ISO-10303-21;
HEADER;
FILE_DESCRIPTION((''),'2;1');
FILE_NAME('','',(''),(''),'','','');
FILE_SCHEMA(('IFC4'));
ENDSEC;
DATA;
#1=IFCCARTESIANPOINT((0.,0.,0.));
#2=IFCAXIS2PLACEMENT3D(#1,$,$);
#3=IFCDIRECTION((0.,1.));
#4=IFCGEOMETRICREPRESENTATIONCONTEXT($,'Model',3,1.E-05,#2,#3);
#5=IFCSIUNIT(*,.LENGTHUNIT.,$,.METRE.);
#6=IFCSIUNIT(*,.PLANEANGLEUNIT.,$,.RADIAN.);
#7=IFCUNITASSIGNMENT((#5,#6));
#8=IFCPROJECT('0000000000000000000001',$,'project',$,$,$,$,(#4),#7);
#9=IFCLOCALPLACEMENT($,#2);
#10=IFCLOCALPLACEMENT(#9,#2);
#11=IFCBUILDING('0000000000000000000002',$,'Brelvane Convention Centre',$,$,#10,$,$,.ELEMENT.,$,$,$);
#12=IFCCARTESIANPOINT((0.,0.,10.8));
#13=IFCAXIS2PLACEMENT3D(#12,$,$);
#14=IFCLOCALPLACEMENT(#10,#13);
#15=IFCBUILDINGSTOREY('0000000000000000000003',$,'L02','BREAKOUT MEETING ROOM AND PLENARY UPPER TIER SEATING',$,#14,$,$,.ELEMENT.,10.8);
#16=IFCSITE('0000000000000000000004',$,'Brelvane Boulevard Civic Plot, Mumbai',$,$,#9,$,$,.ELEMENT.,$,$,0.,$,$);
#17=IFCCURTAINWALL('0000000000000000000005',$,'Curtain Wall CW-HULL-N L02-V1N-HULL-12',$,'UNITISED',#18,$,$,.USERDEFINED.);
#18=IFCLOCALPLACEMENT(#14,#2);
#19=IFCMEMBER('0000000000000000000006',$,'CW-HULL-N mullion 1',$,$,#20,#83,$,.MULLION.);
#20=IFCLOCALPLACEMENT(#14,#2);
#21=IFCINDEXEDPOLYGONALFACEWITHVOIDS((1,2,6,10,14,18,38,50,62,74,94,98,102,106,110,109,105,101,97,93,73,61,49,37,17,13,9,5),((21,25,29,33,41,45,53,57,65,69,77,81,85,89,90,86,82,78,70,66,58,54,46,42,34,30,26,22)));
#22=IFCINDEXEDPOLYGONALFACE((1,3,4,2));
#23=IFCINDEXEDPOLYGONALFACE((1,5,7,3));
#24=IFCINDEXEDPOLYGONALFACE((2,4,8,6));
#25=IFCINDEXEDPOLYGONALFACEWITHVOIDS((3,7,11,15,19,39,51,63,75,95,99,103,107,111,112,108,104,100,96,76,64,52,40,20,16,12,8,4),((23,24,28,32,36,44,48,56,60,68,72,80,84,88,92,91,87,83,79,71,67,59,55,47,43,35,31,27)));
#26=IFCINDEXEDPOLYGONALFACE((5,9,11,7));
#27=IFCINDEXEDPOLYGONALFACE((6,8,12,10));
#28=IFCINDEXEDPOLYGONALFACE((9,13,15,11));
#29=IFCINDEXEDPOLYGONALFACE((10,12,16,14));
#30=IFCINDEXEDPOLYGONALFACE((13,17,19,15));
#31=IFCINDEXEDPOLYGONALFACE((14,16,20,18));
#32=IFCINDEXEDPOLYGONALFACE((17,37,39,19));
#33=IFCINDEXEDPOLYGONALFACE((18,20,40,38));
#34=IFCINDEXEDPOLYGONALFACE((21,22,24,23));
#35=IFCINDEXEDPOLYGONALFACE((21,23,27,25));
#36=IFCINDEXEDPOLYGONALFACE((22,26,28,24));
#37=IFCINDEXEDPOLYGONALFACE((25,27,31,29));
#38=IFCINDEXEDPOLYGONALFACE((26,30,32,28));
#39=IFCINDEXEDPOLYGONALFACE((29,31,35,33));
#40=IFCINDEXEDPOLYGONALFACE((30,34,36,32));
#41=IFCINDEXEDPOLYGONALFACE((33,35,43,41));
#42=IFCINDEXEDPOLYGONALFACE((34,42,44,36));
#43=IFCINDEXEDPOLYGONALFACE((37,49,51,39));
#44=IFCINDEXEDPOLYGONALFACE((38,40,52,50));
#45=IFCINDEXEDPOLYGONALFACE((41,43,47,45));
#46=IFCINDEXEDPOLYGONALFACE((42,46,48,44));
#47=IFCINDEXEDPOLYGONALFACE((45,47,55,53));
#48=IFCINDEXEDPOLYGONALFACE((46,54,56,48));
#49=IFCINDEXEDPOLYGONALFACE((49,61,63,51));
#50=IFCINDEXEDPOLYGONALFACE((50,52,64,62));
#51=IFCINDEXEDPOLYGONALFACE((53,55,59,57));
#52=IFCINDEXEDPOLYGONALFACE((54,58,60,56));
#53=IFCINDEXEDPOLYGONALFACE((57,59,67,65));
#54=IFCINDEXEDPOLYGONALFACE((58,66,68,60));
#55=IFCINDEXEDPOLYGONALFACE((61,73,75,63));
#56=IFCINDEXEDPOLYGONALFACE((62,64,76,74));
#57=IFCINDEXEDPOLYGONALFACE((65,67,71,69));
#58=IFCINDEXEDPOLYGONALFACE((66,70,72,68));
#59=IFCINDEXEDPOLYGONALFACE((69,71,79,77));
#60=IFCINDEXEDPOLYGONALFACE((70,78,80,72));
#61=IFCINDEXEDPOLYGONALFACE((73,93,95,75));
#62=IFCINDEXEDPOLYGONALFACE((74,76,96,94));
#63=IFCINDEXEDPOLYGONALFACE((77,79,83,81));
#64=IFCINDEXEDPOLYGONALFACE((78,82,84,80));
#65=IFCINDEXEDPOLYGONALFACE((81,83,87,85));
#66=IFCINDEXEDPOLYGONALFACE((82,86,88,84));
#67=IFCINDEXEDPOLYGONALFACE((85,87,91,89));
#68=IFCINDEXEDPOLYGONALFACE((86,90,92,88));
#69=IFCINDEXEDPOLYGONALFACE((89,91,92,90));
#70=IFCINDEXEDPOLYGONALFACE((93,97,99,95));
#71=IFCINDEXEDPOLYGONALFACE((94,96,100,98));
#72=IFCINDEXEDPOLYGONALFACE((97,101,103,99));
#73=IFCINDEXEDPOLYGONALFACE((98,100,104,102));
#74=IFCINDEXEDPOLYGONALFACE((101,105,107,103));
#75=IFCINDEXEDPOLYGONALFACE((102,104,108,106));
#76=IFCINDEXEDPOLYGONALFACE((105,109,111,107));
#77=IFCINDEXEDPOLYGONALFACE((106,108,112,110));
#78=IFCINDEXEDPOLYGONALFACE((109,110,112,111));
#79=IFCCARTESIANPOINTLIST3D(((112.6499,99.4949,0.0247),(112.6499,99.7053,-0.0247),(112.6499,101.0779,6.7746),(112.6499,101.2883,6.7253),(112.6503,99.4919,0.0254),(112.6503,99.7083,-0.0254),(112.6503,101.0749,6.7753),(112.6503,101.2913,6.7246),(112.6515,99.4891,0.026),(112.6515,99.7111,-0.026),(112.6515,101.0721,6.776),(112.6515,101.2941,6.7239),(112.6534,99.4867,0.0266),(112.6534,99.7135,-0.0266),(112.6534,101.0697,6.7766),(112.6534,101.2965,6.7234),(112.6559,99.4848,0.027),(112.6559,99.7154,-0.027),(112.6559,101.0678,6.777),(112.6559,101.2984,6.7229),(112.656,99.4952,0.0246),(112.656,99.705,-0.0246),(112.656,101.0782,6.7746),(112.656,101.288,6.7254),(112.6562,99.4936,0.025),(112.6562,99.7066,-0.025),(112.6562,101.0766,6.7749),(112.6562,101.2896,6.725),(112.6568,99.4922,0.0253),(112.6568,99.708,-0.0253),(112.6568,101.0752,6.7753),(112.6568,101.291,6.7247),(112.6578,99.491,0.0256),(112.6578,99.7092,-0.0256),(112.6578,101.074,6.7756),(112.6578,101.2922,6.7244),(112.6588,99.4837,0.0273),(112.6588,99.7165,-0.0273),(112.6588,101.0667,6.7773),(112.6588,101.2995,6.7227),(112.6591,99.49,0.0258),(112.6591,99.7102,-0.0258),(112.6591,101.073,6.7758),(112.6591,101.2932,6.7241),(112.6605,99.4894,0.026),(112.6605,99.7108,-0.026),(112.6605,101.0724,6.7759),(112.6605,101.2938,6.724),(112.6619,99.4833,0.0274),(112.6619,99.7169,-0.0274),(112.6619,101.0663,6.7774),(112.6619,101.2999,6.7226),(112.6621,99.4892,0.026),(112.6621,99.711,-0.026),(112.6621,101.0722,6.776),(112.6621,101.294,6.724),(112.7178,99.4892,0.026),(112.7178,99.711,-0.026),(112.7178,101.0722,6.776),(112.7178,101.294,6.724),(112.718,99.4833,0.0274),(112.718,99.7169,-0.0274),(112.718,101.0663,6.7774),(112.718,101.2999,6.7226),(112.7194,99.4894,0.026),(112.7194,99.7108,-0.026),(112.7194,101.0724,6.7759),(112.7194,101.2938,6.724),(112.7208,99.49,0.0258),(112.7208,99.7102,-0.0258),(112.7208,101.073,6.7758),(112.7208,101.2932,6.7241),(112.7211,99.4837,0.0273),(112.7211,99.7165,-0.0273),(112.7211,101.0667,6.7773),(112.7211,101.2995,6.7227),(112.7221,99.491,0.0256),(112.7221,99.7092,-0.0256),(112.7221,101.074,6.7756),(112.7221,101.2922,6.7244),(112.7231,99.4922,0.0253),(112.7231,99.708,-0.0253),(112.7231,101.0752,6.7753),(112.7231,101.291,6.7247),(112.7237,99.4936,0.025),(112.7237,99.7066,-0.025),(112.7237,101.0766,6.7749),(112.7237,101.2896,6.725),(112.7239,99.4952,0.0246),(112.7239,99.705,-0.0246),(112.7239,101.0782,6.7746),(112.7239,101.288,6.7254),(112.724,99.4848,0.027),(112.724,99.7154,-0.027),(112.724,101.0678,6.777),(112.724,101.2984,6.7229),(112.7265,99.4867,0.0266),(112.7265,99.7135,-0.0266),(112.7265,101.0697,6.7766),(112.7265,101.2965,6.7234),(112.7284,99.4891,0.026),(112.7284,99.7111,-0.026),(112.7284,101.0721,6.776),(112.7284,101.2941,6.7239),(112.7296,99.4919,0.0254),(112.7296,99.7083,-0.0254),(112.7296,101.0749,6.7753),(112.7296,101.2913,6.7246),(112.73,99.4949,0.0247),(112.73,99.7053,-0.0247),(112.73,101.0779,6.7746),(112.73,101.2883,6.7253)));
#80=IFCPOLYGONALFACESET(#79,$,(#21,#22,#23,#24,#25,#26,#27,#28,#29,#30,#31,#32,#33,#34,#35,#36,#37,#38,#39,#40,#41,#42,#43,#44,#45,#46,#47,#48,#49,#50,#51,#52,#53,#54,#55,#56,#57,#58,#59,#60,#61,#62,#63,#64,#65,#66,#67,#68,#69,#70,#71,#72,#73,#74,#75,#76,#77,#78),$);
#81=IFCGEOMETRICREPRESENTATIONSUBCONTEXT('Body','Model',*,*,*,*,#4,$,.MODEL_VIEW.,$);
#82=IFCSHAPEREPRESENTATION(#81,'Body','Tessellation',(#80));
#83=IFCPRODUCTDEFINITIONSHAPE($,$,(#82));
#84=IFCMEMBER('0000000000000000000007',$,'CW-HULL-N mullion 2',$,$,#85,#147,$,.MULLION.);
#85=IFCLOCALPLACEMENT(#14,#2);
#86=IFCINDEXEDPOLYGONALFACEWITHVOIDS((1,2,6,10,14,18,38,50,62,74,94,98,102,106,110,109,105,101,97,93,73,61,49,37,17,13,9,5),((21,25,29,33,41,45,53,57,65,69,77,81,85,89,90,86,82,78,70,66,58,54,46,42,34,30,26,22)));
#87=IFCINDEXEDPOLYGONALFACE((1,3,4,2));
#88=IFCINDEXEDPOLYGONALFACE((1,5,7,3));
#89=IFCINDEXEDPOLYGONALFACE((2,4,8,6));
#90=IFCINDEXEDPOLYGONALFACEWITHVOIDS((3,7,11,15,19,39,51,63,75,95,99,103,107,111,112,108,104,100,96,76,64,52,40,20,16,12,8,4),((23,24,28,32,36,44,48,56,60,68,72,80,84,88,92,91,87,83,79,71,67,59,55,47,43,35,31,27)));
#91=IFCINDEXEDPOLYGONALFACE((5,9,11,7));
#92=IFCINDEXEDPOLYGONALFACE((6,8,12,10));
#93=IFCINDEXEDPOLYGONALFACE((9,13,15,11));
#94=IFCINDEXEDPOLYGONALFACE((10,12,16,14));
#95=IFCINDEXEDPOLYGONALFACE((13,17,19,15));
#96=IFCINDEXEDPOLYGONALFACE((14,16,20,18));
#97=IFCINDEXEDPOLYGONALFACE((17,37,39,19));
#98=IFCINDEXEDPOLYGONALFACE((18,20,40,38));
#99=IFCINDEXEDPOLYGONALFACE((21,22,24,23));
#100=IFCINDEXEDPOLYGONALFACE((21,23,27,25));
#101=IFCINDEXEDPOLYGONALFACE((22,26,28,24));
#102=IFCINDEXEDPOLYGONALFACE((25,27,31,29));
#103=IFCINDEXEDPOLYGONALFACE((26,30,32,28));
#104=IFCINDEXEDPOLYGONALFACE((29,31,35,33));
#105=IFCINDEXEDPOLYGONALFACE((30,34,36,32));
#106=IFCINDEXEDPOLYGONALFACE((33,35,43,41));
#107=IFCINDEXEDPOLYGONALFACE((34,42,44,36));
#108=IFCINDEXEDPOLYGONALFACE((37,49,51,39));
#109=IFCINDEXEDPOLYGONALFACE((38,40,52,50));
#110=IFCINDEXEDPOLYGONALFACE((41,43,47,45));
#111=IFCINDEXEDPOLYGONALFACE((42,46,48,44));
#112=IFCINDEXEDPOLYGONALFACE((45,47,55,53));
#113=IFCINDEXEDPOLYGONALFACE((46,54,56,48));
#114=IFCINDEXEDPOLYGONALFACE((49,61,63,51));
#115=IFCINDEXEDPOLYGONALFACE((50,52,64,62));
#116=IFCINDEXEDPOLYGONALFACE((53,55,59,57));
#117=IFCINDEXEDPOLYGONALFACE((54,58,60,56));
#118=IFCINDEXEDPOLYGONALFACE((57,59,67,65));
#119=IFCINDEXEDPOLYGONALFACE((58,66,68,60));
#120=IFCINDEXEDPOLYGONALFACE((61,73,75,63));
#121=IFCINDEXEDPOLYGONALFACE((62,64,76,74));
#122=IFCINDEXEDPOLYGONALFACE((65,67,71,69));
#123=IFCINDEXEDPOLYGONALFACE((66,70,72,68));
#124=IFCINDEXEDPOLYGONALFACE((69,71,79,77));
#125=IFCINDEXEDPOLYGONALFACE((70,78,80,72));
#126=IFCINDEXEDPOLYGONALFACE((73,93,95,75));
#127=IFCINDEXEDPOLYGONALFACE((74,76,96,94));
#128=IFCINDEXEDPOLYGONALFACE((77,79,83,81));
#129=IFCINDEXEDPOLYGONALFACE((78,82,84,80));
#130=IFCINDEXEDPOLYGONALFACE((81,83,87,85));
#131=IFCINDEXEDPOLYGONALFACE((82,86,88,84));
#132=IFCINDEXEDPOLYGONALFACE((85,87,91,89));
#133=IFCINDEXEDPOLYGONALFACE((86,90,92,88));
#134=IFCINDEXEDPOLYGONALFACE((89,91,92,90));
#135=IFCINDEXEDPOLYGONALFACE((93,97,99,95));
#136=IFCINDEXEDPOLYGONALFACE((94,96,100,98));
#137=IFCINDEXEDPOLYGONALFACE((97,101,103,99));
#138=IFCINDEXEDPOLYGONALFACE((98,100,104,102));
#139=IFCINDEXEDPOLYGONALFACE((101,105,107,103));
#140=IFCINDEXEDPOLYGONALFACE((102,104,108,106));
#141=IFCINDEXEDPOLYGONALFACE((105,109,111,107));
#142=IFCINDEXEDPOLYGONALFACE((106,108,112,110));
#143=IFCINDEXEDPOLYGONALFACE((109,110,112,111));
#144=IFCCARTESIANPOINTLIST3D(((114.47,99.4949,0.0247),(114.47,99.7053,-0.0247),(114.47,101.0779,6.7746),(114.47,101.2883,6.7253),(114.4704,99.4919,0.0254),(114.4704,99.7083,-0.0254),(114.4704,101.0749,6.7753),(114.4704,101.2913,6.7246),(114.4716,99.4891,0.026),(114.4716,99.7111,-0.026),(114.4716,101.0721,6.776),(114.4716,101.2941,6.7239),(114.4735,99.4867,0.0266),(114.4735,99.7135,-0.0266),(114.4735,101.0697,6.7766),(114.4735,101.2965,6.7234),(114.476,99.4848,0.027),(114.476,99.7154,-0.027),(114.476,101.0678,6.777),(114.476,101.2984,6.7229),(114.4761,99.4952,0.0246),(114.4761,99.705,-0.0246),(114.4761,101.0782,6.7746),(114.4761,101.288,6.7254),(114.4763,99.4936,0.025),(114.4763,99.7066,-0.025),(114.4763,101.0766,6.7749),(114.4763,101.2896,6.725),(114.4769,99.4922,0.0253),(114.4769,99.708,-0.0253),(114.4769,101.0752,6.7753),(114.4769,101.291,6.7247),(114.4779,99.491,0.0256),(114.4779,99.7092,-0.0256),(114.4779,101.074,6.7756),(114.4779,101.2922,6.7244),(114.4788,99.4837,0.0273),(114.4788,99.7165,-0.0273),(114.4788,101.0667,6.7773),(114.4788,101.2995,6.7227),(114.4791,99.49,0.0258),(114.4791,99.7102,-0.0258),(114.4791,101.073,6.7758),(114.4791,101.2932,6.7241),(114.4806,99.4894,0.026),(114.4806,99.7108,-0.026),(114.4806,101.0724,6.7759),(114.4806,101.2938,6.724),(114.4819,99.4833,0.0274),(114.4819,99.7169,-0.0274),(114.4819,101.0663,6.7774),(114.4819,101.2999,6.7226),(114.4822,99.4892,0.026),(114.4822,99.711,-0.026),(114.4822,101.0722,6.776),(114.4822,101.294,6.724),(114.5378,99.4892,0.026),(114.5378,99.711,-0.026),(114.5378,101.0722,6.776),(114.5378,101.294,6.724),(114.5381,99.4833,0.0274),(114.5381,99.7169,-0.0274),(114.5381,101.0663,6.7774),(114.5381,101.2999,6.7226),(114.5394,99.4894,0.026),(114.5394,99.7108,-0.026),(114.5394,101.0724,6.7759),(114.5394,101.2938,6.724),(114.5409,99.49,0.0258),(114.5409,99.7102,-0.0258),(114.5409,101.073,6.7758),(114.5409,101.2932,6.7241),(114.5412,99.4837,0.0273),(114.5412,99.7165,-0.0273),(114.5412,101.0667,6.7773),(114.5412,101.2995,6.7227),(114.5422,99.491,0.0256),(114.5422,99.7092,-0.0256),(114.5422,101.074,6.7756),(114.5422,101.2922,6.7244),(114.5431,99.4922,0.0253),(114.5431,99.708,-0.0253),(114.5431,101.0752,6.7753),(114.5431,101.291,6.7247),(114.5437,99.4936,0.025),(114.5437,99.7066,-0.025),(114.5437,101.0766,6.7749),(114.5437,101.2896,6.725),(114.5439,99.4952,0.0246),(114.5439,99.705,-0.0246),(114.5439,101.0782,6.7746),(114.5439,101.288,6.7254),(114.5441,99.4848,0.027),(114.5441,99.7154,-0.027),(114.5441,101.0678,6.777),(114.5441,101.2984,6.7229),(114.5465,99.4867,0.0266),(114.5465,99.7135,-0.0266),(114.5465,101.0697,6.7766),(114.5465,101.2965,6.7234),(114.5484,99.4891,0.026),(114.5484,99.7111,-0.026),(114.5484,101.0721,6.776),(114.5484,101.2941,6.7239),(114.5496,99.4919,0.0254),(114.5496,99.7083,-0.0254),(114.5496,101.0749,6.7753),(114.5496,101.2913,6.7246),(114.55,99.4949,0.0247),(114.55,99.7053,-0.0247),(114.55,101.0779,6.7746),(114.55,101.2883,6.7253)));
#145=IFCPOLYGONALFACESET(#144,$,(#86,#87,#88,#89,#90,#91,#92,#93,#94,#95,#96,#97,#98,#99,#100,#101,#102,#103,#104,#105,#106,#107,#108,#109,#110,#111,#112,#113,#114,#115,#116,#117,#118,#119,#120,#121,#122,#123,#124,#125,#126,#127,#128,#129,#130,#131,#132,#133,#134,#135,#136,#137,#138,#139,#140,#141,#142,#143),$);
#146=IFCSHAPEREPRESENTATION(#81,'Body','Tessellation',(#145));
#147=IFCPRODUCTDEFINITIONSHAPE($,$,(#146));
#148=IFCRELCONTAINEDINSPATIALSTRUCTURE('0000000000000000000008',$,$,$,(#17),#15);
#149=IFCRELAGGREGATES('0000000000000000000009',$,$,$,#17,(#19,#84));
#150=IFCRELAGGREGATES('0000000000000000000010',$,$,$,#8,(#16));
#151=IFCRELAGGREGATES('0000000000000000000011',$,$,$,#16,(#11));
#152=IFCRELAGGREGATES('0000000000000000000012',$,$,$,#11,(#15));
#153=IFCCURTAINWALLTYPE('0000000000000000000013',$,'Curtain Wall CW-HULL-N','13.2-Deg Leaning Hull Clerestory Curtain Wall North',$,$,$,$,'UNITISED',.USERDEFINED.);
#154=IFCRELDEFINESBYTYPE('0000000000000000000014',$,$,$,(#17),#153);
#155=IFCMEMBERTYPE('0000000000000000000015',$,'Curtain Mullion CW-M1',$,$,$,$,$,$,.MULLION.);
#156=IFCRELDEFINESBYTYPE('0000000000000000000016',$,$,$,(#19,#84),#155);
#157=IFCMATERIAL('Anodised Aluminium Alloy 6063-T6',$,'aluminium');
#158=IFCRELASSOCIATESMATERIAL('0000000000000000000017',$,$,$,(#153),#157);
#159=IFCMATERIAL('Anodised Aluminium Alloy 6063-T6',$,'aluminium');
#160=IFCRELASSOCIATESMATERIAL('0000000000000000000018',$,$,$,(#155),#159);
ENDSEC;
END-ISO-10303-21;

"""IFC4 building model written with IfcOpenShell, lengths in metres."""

from ifc_helpers import new_model, si_unit, direction, frame, origin, origin_2d, place, context, subcontext, project, spatial, hollow_rectangle, extrude, material, material_profile, profile_set, type_object, element, aggregate, save


model = new_model("IFC4")

# Units and contexts
model_context = context("Model", 3, precision=1e-05, world=origin(), true_north=direction((0.0, 1.0)))
body_context = subcontext(model_context, "Body", "Model", "MODEL_VIEW")
ifc_project = project(units=[si_unit("LENGTHUNIT", "METRE"), si_unit("PLANEANGLEUNIT", "RADIAN")], contexts=[model_context])

# Site, building, storey
site_placement = place(None, origin())
site = spatial("IfcSite", under=ifc_project, at=site_placement, Name="Brelvane Boulevard Civic Plot, Mumbai", CompositionType="ELEMENT", RefElevation=0.0)
building_placement = place(site_placement, origin())
building = spatial("IfcBuilding", under=site, at=building_placement, Name="Brelvane Convention Centre", CompositionType="ELEMENT")
storey_placement = place(building_placement, frame((0.0, 0.0, 10.8)))
storey = spatial("IfcBuildingStorey", under=building, at=storey_placement, Name="L02", Description="BREAKOUT MEETING ROOM AND PLENARY UPPER TIER SEATING", CompositionType="ELEMENT", Elevation=10.8)

# Curtain wall, members
ifc_material_1 = material(Name="Anodised Aluminium Alloy 6063-T6", Category="aluminium")
curtain_wall_type = type_object("IfcCurtainWallType", Name="Curtain Wall CW-HULL-N", Description="13.2-Deg Leaning Hull Clerestory Curtain Wall North", ElementType="UNITISED", PredefinedType="USERDEFINED", material=ifc_material_1)
ifc_material_2 = material(Name="Anodised Aluminium Alloy 6063-T6", Category="aluminium")
ifc_material_profile_1 = material_profile(ifc_material_2, hollow_rectangle(XDim=0.0801, YDim=0.24, WallThickness=0.0061, InnerFilletRadius=0.0061, OuterFilletRadius=0.012, at=origin_2d()), Name="ALU-M 240x80x6.0")
ifc_profile_set_1 = profile_set([ifc_material_profile_1], Name="Anodised Aluminium Alloy 6063-T6")
member_type_1 = type_object("IfcMemberType", Name="Curtain Mullion CW-M1", PredefinedType="MULLION", material=ifc_profile_set_1)
curtain_wall_1_placement = place(storey_placement, origin())
curtain_wall_1 = element("IfcCurtainWall", 1, at=curtain_wall_1_placement, inside=storey, type_object=curtain_wall_type, Name="Curtain Wall CW-HULL-N L02-V1N-HULL-12", ObjectType="UNITISED", PredefinedType="USERDEFINED")
member_1_placement = place(storey_placement, frame((112.6899, 99.6001, 0.0), z_axis=(0.0, 0.228325, 0.973585), x_axis=(-1.0, 0.0, 0.0)))
member_1 = element("IfcMember", 2, at=member_1_placement, type_object=member_type_1, Name="CW-HULL-N mullion 1", PredefinedType="MULLION", context=body_context, shape_type="SweptSolid", body=[
    extrude(hollow_rectangle(XDim=0.0801, YDim=0.24, WallThickness=0.0061, InnerFilletRadius=0.0061, OuterFilletRadius=0.012, at=origin_2d()), origin(), (0.0, 0.0, 1.0), 6.9331),
])
member_2_placement = place(storey_placement, frame((114.51, 99.6001, 0.0), z_axis=(0.0, 0.228325, 0.973585), x_axis=(-1.0, 0.0, 0.0)))
member_2 = element("IfcMember", 3, at=member_2_placement, type_object=member_type_1, Name="CW-HULL-N mullion 2", PredefinedType="MULLION", context=body_context, shape_type="SweptSolid", body=[
    extrude(hollow_rectangle(XDim=0.0801, YDim=0.24, WallThickness=0.0061, InnerFilletRadius=0.0061, OuterFilletRadius=0.012, at=origin_2d()), origin(), (0.0, 0.0, 1.0), 6.9331),
])

aggregate(curtain_wall_1, [member_1, member_2])

save(model, "model.ifc")
